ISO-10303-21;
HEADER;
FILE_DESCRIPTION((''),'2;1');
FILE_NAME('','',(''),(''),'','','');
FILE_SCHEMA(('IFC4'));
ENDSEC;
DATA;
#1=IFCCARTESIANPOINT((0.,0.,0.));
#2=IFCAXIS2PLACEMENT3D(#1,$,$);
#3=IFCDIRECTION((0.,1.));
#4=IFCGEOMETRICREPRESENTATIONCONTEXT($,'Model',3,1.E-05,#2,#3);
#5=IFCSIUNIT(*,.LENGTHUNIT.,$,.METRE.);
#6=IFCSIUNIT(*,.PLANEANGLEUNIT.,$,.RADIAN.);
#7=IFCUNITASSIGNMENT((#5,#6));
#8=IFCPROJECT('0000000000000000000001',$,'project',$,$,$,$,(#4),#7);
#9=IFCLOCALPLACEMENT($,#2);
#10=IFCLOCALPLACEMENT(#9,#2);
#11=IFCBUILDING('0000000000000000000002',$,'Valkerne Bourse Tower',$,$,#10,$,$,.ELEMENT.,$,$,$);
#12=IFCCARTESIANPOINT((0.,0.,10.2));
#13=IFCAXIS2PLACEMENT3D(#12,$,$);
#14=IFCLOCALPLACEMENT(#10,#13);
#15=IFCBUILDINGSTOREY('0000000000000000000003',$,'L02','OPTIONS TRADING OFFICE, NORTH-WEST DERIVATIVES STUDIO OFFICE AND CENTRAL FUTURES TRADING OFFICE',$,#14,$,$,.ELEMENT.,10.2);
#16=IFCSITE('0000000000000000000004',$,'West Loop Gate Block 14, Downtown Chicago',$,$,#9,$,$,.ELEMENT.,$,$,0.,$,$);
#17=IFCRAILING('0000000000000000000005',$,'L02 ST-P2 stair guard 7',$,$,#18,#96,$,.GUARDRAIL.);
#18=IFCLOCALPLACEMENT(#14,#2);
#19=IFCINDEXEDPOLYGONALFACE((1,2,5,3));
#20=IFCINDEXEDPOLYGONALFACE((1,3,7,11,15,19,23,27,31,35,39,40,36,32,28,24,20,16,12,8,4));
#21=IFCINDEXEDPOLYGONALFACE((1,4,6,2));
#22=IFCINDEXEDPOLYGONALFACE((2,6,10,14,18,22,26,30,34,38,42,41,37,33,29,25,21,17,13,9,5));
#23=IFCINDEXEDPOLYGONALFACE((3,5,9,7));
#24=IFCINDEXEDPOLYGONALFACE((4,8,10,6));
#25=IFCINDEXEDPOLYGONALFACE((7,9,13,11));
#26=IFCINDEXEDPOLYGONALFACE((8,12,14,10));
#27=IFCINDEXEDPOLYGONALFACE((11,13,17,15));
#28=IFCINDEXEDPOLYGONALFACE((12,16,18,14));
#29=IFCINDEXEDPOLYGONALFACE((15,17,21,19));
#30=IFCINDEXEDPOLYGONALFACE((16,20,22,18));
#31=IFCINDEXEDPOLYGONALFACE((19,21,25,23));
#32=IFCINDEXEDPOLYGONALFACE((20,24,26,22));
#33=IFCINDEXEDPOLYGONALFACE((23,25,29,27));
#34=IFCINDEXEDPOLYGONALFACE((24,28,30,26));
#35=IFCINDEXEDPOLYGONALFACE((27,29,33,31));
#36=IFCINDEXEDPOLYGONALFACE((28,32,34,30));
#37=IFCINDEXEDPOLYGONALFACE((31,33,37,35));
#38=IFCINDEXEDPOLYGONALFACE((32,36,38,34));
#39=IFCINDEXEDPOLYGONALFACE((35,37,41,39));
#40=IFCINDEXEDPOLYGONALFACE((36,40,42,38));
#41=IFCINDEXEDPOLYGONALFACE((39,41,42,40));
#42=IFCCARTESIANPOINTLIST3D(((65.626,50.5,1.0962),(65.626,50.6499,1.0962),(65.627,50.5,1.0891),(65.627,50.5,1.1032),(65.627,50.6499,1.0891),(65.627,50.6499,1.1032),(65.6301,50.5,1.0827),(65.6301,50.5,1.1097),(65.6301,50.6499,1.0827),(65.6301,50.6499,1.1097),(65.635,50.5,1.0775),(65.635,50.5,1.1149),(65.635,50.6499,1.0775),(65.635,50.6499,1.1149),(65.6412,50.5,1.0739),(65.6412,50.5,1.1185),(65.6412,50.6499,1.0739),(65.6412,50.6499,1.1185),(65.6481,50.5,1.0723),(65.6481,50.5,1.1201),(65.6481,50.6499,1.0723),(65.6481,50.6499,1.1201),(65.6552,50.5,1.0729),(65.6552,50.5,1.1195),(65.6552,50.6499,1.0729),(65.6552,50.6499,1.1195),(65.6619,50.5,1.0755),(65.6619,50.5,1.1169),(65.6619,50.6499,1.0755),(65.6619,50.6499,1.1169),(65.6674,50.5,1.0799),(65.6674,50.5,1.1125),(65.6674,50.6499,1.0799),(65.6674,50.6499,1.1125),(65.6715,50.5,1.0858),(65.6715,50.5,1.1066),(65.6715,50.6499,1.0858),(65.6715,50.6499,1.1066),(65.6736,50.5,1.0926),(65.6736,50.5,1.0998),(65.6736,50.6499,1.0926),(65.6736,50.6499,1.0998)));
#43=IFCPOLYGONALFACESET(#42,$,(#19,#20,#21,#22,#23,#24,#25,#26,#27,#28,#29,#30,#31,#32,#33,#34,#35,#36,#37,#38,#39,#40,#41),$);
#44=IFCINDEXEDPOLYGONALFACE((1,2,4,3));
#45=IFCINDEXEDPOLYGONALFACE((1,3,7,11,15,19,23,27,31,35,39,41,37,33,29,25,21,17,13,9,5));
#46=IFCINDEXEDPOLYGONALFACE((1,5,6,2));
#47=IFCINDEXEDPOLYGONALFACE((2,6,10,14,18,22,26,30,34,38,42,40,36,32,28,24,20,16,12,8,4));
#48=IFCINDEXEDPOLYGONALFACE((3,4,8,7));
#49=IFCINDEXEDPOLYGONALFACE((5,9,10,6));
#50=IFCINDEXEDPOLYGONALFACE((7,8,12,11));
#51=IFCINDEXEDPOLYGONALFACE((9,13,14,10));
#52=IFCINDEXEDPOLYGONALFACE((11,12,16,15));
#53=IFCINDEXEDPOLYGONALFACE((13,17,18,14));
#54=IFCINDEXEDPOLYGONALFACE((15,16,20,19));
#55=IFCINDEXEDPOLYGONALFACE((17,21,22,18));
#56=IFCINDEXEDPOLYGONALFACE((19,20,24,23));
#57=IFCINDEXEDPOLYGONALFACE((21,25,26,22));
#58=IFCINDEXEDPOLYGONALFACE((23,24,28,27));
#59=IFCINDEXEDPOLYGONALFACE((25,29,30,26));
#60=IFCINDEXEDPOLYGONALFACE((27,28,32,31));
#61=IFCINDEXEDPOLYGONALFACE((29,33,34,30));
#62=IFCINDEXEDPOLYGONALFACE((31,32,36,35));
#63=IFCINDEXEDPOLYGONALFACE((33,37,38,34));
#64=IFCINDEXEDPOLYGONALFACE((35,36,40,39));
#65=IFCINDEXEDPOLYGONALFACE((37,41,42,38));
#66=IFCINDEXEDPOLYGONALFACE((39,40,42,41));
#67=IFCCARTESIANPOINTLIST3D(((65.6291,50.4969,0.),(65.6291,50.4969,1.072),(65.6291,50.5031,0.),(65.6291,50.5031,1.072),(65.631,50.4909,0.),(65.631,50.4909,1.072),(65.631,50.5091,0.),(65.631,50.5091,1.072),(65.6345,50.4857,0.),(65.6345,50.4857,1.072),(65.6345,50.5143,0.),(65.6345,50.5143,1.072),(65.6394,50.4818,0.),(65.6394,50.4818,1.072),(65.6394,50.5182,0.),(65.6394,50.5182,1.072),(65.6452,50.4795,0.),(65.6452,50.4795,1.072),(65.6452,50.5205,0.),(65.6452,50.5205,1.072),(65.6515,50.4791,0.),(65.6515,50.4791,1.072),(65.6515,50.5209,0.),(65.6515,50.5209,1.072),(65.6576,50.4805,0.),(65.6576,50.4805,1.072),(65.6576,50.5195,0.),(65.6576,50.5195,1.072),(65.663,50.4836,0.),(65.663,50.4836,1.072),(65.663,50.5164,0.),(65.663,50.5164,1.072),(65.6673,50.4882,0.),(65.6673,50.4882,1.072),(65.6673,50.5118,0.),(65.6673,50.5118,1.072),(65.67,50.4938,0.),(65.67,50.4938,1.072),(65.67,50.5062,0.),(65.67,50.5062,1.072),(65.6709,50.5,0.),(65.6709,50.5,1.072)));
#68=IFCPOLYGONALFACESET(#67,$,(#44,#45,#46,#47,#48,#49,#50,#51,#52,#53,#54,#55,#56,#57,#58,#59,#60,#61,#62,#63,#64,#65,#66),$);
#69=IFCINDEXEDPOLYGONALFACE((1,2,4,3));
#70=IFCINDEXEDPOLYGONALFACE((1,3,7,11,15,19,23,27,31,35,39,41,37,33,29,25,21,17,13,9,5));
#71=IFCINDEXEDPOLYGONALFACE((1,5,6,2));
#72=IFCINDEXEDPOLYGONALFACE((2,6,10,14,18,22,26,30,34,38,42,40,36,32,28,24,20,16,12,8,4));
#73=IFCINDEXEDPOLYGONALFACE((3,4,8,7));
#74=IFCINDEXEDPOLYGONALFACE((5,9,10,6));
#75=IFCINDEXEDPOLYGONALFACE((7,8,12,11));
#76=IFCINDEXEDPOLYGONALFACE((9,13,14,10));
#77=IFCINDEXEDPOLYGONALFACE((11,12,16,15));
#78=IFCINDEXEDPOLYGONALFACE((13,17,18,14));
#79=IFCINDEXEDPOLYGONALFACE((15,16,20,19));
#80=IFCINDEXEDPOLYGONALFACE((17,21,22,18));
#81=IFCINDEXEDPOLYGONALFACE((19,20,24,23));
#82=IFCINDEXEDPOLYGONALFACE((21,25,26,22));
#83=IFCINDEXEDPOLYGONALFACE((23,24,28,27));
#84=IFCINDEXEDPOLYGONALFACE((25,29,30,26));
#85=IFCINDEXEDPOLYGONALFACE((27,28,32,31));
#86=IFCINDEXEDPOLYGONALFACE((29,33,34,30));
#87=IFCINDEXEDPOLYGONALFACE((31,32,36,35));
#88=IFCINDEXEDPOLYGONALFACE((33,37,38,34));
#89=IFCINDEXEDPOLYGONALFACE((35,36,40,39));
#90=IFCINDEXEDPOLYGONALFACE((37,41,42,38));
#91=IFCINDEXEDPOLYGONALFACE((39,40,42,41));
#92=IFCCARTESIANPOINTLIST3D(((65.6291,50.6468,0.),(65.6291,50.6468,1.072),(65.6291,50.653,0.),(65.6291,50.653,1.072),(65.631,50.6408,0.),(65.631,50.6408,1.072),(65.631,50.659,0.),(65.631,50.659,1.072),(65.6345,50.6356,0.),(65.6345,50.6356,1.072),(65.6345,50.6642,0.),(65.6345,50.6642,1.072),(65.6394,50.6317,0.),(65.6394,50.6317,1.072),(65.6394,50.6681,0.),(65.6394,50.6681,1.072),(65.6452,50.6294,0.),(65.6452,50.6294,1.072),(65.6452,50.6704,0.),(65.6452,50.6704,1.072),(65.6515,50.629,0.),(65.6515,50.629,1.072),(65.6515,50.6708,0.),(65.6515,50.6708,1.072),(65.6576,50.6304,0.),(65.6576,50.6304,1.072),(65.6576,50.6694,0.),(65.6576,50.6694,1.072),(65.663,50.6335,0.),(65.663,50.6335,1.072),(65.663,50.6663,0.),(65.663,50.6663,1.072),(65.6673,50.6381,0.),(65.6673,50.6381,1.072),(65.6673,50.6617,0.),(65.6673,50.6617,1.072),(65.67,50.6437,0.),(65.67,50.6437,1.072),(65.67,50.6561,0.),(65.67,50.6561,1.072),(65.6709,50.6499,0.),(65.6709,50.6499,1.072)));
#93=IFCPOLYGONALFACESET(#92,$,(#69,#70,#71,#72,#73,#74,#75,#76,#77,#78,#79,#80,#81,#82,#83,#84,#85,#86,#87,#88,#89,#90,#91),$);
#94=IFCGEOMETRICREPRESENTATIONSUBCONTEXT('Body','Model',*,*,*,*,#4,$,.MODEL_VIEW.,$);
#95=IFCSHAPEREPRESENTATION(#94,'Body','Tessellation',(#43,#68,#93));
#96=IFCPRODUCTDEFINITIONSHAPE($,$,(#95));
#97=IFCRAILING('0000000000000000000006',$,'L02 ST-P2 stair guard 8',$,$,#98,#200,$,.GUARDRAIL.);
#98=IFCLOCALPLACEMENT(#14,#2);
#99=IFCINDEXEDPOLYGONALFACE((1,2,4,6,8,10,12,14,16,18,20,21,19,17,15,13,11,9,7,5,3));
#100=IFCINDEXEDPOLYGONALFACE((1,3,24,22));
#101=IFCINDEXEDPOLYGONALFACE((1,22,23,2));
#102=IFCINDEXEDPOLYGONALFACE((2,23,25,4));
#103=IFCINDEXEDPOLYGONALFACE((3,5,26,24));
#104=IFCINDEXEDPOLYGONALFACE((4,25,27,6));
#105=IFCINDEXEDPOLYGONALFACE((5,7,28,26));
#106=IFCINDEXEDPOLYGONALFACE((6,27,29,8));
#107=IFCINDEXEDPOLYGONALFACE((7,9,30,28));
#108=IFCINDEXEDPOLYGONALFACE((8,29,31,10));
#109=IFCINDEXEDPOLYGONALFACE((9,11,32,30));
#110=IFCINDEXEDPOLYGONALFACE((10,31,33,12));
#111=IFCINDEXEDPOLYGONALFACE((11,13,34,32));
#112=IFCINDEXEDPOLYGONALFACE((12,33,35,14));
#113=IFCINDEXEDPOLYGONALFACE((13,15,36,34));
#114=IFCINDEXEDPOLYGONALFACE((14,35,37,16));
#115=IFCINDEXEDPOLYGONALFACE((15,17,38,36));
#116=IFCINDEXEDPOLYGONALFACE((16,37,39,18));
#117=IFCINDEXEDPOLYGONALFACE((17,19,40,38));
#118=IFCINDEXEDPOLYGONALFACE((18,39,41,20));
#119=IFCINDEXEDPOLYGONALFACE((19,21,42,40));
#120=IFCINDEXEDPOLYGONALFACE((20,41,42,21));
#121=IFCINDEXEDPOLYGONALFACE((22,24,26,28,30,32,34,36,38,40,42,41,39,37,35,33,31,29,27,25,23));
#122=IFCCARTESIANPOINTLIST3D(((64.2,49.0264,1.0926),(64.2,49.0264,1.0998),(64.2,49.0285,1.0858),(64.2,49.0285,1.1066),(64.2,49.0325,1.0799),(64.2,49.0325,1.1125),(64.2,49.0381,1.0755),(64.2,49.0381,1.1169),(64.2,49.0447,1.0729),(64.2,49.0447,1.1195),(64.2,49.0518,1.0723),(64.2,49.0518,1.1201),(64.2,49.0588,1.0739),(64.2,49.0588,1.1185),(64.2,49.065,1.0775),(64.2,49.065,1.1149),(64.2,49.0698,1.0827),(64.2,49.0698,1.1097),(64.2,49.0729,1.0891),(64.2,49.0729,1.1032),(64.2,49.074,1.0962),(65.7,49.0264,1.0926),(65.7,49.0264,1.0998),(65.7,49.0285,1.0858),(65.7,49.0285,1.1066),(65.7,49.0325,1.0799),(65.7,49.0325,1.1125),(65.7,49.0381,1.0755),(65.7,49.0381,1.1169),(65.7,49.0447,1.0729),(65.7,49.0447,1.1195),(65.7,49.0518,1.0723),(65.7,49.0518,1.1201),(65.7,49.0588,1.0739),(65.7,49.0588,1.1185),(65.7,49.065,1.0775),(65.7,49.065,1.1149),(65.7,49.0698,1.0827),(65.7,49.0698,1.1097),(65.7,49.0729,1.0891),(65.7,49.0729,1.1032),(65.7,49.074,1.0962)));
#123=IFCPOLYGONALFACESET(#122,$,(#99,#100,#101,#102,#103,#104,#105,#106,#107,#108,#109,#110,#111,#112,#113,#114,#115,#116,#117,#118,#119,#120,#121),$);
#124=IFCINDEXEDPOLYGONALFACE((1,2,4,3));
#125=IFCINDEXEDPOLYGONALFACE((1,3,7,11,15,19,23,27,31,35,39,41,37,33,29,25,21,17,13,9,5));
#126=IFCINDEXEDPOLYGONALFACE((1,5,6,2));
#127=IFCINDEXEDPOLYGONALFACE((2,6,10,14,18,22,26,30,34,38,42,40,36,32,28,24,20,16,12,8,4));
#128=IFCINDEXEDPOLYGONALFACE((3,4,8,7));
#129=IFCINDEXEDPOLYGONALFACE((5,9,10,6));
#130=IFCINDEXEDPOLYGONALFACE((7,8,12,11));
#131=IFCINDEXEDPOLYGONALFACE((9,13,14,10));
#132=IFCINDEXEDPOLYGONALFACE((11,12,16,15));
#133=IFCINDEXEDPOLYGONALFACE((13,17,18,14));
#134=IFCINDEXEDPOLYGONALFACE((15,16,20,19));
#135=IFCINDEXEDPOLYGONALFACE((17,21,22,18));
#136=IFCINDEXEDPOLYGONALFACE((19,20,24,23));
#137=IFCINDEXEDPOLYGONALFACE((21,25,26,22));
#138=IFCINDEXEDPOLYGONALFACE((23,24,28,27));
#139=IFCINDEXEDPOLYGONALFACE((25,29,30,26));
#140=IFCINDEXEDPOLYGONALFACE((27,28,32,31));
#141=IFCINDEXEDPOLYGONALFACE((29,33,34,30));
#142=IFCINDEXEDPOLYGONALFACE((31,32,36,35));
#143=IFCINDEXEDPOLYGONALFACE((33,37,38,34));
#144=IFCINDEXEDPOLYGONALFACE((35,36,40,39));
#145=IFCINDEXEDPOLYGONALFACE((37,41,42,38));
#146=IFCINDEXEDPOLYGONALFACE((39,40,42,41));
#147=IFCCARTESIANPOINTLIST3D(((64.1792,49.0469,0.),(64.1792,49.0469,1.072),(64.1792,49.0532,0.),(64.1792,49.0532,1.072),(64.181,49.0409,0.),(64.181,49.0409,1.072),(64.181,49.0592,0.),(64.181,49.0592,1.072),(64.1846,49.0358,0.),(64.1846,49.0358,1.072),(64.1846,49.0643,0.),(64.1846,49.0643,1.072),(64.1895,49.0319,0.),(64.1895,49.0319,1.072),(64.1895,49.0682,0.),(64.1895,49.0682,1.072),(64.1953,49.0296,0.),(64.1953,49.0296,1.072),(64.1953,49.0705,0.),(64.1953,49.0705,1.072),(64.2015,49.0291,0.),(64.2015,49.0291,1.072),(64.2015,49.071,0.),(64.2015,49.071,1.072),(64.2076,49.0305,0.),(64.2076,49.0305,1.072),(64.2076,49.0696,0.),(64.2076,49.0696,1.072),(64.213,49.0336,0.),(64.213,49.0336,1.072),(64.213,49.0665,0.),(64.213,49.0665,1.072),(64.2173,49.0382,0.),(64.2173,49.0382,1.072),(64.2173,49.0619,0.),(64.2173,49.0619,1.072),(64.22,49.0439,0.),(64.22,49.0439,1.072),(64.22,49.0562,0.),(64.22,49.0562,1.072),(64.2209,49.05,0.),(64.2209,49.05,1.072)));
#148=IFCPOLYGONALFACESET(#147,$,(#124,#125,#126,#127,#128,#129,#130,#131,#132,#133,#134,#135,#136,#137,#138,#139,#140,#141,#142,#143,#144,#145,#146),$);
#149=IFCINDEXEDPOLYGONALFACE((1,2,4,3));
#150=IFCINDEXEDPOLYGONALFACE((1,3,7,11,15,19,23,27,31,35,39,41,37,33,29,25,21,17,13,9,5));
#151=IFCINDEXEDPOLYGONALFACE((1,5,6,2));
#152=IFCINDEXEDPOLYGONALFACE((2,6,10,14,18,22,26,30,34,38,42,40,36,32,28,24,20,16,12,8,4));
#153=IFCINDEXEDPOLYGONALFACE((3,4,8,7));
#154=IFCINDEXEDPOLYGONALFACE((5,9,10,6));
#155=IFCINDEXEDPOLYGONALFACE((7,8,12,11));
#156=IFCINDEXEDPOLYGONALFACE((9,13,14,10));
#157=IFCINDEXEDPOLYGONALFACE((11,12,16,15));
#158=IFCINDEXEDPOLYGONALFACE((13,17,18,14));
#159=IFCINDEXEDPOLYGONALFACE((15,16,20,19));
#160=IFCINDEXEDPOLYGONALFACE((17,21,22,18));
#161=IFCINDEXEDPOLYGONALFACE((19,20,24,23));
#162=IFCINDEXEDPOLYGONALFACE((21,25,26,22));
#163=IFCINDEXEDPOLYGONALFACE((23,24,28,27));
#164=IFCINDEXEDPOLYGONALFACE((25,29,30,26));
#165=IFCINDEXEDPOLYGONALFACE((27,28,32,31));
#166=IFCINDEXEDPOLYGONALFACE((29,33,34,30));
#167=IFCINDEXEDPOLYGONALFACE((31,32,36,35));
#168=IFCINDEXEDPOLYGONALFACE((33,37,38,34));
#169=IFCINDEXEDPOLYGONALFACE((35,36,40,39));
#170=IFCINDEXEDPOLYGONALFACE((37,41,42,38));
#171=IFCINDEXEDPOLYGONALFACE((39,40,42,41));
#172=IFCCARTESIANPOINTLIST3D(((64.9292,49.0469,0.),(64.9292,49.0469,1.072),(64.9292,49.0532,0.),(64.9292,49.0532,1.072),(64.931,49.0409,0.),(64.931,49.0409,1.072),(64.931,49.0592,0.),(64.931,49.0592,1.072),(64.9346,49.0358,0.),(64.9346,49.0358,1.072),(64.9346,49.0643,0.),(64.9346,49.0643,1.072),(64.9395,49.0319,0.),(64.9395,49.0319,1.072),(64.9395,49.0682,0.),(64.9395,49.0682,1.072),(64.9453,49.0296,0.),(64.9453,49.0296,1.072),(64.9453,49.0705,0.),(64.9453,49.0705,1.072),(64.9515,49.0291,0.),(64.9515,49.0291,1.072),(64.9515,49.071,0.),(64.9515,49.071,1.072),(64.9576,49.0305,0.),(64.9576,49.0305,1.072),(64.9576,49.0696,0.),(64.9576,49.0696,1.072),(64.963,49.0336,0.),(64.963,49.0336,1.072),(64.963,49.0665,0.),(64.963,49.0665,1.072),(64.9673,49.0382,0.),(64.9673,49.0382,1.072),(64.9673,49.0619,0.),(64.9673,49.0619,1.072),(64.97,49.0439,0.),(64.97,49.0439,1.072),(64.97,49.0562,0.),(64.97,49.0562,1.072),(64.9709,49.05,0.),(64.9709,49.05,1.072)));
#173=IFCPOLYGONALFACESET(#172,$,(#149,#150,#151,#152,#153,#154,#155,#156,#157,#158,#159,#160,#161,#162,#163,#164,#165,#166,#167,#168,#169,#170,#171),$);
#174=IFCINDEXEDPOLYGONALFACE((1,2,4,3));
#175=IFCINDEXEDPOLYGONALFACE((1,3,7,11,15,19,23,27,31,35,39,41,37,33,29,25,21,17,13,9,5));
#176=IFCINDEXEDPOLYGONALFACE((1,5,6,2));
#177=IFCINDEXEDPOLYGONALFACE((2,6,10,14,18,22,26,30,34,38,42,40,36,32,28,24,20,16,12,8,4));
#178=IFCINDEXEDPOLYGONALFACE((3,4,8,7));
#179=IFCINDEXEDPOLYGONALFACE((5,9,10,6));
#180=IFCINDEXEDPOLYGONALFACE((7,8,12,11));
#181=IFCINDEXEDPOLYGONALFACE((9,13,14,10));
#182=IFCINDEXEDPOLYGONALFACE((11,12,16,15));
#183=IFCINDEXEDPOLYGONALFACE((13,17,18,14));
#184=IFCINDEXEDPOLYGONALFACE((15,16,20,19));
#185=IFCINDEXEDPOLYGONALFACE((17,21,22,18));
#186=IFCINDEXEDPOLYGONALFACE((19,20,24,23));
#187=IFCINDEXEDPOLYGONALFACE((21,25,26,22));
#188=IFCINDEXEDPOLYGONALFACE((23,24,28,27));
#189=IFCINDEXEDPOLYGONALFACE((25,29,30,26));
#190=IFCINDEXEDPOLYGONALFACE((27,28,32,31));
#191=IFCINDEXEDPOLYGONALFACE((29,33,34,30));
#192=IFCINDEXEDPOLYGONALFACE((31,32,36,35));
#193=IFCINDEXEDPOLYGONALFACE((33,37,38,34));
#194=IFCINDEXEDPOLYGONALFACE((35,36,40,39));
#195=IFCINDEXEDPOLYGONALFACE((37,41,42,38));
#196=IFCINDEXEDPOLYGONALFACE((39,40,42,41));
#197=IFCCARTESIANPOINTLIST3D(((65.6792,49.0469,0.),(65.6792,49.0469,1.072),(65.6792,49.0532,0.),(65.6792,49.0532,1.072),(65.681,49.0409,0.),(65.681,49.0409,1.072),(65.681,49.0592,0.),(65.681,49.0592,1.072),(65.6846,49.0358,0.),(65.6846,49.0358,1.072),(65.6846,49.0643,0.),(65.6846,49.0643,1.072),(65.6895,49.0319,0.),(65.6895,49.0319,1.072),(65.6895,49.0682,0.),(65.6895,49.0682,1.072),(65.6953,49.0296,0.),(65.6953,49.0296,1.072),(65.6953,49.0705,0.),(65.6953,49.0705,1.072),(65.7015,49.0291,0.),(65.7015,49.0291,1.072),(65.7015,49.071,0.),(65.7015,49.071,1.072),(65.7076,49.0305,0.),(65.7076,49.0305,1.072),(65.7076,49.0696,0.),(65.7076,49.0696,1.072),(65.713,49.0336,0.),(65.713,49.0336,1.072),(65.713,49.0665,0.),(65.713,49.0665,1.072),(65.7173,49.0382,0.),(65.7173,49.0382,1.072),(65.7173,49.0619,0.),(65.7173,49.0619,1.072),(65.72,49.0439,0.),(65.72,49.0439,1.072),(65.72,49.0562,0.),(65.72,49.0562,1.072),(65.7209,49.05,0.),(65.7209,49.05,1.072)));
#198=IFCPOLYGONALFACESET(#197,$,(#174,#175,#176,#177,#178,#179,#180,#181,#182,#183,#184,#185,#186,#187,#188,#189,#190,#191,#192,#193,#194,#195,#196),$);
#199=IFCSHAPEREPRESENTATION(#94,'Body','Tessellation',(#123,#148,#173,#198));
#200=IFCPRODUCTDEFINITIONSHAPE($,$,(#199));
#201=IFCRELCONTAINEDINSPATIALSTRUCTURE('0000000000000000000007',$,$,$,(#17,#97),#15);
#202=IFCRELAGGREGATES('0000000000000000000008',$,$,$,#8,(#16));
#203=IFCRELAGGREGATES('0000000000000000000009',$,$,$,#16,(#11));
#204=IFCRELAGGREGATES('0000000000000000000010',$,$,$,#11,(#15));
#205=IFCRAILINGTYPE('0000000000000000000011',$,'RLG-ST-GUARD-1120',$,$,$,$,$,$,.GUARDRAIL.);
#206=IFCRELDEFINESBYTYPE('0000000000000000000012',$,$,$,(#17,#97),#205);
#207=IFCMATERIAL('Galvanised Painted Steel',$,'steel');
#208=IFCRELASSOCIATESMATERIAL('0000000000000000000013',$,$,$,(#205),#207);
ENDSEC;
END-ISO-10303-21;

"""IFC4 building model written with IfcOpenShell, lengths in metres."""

from ifc_helpers import new_model, si_unit, direction, frame, origin, origin_2d, place, context, subcontext, project, spatial, circle, extrude, material, type_object, element, save


model = new_model("IFC4")

# Units and contexts
model_context = context("Model", 3, precision=1e-05, world=origin(), true_north=direction((0.0, 1.0)))
body_context = subcontext(model_context, "Body", "Model", "MODEL_VIEW")
ifc_project = project(units=[si_unit("LENGTHUNIT", "METRE"), si_unit("PLANEANGLEUNIT", "RADIAN")], contexts=[model_context])

# Site, building, storey
site_placement = place(None, origin())
site = spatial("IfcSite", under=ifc_project, at=site_placement, Name="West Loop Gate Block 14, Downtown Chicago", CompositionType="ELEMENT", RefElevation=0.0)
building_placement = place(site_placement, origin())
building = spatial("IfcBuilding", under=site, at=building_placement, Name="Valkerne Bourse Tower", CompositionType="ELEMENT")
storey_placement = place(building_placement, frame((0.0, 0.0, 10.2)))
storey = spatial("IfcBuildingStorey", under=building, at=storey_placement, Name="L02", Description="OPTIONS TRADING OFFICE, NORTH-WEST DERIVATIVES STUDIO OFFICE AND CENTRAL FUTURES TRADING OFFICE", CompositionType="ELEMENT", Elevation=10.2)

# Railings
ifc_material_1 = material(Name="Galvanised Painted Steel", Category="steel")
railing_type_1 = type_object("IfcRailingType", Name="RLG-ST-GUARD-1120", PredefinedType="GUARDRAIL", material=ifc_material_1)
railing_1_placement = place(storey_placement, frame((65.6499, 50.5, 0.0)))
element("IfcRailing", 1, at=railing_1_placement, inside=storey, type_object=railing_type_1, Name="L02 ST-P2 stair guard 7", PredefinedType="GUARDRAIL", context=body_context, shape_type="SweptSolid", body=[
    extrude(circle(Radius=0.0239, at=origin_2d()), frame((0.0, 0.0, 1.0962), z_axis=(0.0, 1.0, 0.0), x_axis=(-1.0, 0.0, 0.0)), (0.0, 0.0, 1.0), 0.1499),
    extrude(circle(Radius=0.021, at=origin_2d()), origin(), (0.0, 0.0, 1.0), 1.072),
    extrude(circle(Radius=0.021, at=origin_2d()), frame((0.0, 0.1499, 0.0)), (0.0, 0.0, 1.0), 1.072),
])
for number, where, name in (
    (2, (64.2, 49.05, 0.0), "L02 ST-P2 stair guard 8"),
):
    element("IfcRailing", number, at=place(storey_placement, frame(where)), inside=storey, type_object=railing_type_1, Name=name, PredefinedType="GUARDRAIL", context=body_context, shape_type="SweptSolid", body=[
        extrude(circle(Radius=0.0239, at=origin_2d()), frame((0.0, 0.0, 1.0962), z_axis=(1.0, 0.0, 0.0), x_axis=(0.0, 1.0, 0.0)), (0.0, 0.0, 1.0), 1.5),
        extrude(circle(Radius=0.021, at=origin_2d()), origin(), (0.0, 0.0, 1.0), 1.072),
        extrude(circle(Radius=0.021, at=origin_2d()), frame((0.75, 0.0, 0.0)), (0.0, 0.0, 1.0), 1.072),
        extrude(circle(Radius=0.021, at=origin_2d()), frame((1.5, 0.0, 0.0)), (0.0, 0.0, 1.0), 1.072),
    ])

save(model, "model.ifc")
